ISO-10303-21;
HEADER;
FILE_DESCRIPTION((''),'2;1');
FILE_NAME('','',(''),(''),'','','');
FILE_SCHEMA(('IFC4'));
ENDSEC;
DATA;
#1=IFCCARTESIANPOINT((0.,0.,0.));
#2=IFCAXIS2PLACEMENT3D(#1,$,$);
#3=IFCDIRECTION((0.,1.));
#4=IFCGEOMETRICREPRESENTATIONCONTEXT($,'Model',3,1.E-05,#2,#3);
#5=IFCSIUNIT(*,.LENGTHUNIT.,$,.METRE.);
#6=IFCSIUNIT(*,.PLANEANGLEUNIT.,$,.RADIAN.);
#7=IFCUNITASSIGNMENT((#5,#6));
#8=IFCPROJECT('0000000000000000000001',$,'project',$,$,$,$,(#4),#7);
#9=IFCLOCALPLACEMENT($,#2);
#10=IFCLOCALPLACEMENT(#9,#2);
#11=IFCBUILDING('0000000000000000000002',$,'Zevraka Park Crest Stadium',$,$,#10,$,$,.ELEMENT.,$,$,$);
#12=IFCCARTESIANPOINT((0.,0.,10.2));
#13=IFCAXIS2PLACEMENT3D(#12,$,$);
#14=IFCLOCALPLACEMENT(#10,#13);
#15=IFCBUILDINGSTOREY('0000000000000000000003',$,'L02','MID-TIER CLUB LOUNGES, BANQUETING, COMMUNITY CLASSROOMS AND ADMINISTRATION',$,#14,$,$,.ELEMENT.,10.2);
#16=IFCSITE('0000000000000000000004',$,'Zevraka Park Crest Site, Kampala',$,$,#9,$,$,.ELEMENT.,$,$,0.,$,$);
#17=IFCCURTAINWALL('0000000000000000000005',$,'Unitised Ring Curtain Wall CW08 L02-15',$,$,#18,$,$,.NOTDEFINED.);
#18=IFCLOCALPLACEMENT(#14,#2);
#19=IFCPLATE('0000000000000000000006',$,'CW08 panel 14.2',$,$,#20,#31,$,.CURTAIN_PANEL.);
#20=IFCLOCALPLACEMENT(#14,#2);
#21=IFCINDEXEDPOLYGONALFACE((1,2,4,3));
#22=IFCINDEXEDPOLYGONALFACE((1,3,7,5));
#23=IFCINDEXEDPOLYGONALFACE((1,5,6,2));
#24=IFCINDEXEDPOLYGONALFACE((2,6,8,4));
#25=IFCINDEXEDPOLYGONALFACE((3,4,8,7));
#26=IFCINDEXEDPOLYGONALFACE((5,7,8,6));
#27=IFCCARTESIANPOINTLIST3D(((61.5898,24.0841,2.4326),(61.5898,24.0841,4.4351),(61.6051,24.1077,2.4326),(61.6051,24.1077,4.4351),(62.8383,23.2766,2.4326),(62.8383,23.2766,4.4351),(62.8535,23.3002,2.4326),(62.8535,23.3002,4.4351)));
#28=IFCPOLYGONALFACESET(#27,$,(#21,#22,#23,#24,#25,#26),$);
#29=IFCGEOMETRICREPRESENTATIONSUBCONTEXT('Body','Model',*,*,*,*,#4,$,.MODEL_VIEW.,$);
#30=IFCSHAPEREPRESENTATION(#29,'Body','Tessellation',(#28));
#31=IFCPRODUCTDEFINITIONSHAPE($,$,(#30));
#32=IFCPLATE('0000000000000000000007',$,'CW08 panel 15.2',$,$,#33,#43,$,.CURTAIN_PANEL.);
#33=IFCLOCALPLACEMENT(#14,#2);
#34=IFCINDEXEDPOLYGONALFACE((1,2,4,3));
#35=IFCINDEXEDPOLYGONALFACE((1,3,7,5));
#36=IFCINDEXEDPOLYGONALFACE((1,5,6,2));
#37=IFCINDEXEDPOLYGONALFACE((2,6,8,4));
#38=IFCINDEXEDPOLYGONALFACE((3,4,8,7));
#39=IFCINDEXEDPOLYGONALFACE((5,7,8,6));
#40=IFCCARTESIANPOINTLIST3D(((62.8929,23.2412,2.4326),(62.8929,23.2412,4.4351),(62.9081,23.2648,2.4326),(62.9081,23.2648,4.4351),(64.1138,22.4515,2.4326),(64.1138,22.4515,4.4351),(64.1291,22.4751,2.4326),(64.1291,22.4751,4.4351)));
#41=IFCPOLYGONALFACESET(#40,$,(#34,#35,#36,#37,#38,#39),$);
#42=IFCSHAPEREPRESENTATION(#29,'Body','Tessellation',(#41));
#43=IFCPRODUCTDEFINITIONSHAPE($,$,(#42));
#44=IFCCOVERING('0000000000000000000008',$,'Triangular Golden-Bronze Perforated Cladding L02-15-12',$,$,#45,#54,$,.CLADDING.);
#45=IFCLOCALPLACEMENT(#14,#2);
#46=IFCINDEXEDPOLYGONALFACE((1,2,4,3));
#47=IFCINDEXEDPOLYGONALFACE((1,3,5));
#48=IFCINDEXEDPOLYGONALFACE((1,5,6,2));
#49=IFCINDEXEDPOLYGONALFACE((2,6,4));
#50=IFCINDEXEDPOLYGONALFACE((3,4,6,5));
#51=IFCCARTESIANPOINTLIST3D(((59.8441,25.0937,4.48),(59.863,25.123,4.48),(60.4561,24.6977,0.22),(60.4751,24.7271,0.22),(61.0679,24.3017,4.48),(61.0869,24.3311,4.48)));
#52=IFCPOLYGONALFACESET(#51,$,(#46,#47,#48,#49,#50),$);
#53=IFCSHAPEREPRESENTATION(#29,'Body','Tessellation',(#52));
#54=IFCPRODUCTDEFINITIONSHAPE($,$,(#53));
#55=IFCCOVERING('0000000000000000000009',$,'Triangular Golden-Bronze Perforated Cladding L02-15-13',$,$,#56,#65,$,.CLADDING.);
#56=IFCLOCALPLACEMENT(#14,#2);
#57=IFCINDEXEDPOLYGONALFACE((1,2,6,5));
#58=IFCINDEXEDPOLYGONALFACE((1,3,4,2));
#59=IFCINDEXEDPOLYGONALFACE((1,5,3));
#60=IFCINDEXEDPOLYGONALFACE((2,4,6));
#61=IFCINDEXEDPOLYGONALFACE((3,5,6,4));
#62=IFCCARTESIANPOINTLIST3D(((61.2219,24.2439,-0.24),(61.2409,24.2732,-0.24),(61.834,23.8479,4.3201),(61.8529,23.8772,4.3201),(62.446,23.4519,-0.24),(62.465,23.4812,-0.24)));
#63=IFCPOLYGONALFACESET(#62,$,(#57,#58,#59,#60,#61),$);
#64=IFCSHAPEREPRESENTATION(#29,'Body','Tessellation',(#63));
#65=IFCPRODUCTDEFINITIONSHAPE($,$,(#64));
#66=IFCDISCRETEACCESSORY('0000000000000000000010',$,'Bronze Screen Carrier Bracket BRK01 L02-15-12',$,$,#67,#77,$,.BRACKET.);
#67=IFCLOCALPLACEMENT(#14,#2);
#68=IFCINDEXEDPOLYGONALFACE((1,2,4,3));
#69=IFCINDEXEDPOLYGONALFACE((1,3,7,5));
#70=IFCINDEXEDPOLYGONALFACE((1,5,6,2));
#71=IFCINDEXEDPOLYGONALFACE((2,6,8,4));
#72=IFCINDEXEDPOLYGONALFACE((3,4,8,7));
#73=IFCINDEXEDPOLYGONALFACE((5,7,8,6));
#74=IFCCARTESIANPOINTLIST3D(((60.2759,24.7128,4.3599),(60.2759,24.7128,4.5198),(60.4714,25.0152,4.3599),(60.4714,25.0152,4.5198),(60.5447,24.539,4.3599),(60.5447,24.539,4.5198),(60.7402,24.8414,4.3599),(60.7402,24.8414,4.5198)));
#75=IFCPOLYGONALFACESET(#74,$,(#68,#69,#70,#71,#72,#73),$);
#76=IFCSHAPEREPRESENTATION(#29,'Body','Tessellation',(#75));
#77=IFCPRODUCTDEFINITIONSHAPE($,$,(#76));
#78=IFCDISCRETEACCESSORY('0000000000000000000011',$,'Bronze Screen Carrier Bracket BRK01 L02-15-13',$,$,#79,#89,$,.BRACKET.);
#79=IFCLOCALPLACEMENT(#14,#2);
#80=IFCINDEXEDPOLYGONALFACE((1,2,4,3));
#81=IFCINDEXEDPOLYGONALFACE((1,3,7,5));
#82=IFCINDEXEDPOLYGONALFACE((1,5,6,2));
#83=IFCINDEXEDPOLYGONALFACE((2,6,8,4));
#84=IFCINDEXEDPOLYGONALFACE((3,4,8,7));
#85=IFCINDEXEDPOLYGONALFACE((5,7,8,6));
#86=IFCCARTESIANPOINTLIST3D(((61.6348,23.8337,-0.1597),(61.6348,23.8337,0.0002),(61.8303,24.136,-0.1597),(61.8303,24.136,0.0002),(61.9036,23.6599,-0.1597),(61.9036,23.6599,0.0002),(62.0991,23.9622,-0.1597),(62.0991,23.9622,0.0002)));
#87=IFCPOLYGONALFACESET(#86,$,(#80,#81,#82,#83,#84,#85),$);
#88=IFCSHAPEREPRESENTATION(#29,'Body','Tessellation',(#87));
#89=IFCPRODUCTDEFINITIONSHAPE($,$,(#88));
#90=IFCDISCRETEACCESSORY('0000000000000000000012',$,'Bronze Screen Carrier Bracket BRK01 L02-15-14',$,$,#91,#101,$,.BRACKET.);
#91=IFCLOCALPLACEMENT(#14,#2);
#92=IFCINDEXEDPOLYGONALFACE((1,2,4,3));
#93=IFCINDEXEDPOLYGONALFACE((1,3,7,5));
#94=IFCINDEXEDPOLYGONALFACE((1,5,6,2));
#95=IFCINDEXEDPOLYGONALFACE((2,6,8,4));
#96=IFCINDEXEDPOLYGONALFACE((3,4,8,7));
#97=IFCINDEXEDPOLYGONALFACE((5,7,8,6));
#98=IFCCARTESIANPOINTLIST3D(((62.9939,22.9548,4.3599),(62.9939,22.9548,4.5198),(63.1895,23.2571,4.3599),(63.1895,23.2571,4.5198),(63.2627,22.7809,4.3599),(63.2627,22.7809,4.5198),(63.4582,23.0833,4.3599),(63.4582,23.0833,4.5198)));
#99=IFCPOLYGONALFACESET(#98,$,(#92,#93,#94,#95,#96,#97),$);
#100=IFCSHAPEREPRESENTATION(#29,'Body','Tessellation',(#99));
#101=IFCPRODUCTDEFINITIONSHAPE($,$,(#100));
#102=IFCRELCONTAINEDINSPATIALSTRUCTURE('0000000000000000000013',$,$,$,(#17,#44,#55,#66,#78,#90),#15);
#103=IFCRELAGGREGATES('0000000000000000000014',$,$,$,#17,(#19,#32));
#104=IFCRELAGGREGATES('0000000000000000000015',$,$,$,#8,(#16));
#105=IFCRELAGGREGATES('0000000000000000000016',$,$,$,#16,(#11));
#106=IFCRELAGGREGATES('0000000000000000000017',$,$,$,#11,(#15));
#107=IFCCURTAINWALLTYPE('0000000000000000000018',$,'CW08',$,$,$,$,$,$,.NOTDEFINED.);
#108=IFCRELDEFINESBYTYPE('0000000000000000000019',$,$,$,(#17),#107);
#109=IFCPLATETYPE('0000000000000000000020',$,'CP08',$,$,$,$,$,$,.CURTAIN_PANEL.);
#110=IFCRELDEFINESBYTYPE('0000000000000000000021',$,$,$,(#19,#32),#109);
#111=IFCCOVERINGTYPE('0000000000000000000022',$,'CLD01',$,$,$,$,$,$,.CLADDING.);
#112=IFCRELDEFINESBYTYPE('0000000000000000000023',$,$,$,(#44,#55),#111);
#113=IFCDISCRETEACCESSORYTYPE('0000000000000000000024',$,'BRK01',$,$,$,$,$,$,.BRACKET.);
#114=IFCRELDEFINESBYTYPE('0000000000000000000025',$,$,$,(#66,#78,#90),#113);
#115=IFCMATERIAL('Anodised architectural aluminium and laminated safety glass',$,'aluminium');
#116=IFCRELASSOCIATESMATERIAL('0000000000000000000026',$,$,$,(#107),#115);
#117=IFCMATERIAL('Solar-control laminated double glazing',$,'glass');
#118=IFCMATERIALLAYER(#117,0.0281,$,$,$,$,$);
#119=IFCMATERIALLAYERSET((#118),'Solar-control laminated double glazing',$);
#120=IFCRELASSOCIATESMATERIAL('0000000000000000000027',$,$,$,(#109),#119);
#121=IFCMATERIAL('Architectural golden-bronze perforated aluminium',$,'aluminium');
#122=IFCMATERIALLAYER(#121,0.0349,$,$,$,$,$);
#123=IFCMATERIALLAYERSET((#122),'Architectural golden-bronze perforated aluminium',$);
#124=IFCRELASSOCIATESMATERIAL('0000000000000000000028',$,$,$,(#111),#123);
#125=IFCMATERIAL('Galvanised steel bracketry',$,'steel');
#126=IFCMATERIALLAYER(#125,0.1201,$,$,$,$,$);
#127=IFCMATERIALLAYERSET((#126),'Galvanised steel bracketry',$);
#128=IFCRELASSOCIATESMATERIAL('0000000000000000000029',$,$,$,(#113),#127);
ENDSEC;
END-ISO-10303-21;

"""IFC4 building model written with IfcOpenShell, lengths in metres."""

from ifc_helpers import new_model, si_unit, direction, frame, origin, origin_2d, place, context, subcontext, project, spatial, polyline, rectangle, outline, extrude, material, layer, layer_set, type_object, element, aggregate, save


model = new_model("IFC4")

# Units and contexts
model_context = context("Model", 3, precision=1e-05, world=origin(), true_north=direction((0.0, 1.0)))
body_context = subcontext(model_context, "Body", "Model", "MODEL_VIEW")
ifc_project = project(units=[si_unit("LENGTHUNIT", "METRE"), si_unit("PLANEANGLEUNIT", "RADIAN")], contexts=[model_context])

# Site, building, storey
site_placement = place(None, origin())
site = spatial("IfcSite", under=ifc_project, at=site_placement, Name="Zevraka Park Crest Site, Kampala", CompositionType="ELEMENT", RefElevation=0.0)
building_placement = place(site_placement, origin())
building = spatial("IfcBuilding", under=site, at=building_placement, Name="Zevraka Park Crest Stadium", CompositionType="ELEMENT")
storey_placement = place(building_placement, frame((0.0, 0.0, 10.2)))
storey = spatial("IfcBuildingStorey", under=building, at=storey_placement, Name="L02", Description="MID-TIER CLUB LOUNGES, BANQUETING, COMMUNITY CLASSROOMS AND ADMINISTRATION", CompositionType="ELEMENT", Elevation=10.2)

# Curtain wall, plates
ifc_material_1 = material(Name="Anodised architectural aluminium and laminated safety glass", Category="aluminium")
curtain_wall_type = type_object("IfcCurtainWallType", Name="CW08", PredefinedType="NOTDEFINED", material=ifc_material_1)
curtain_wall_placement = place(storey_placement, origin())
curtain_wall = element("IfcCurtainWall", 1, at=curtain_wall_placement, inside=storey, type_object=curtain_wall_type, Name="Unitised Ring Curtain Wall CW08 L02-15", PredefinedType="NOTDEFINED")
ifc_material_2 = material(Name="Solar-control laminated double glazing", Category="glass")
ifc_layer_1 = layer(ifc_material_2, 0.0281)
ifc_layer_set_1 = layer_set([ifc_layer_1], Name="Solar-control laminated double glazing")
plate_type = type_object("IfcPlateType", Name="CP08", PredefinedType="CURTAIN_PANEL", material=ifc_layer_set_1)
plate_1_placement = place(storey_placement, frame((62.2217, 23.6921, 2.4326), z_axis=(0.0, 0.0, 1.0), x_axis=(0.83967, -0.543096, 0.0)))
plate_1 = element("IfcPlate", 2, at=plate_1_placement, type_object=plate_type, Name="CW08 panel 14.2", PredefinedType="CURTAIN_PANEL", context=body_context, shape_type="SweptSolid", body=[
    extrude(rectangle(XDim=1.4868, YDim=0.0281, at=origin_2d()), origin(), (0.0, 0.0, 1.0), 2.0024),
])
plate_2_placement = place(storey_placement, frame((63.511, 22.8582, 2.4326), z_axis=(0.0, 0.0, 1.0), x_axis=(0.83967, -0.543096, 0.0)))
plate_2 = element("IfcPlate", 3, at=plate_2_placement, type_object=plate_type, Name="CW08 panel 15.2", PredefinedType="CURTAIN_PANEL", context=body_context, shape_type="SweptSolid", body=[
    extrude(rectangle(XDim=1.4541, YDim=0.0281, at=origin_2d()), origin(), (0.0, 0.0, 1.0), 2.0024),
])
aggregate(curtain_wall, [plate_1, plate_2])

# Coverings
ifc_material_3 = material(Name="Architectural golden-bronze perforated aluminium", Category="aluminium")
ifc_layer_2 = layer(ifc_material_3, 0.0349)
ifc_layer_set_2 = layer_set([ifc_layer_2], Name="Architectural golden-bronze perforated aluminium")
covering_type = type_object("IfcCoveringType", Name="CLD01", PredefinedType="CLADDING", material=ifc_layer_set_2)
covering_1_placement = place(storey_placement, frame((61.0869, 24.3311, 4.48), z_axis=(0.543286, 0.839548, 0.000016), x_axis=(-0.839548, 0.543286, 0.0)))
element("IfcCovering", 4, at=covering_1_placement, inside=storey, type_object=covering_type, Name="Triangular Golden-Bronze Perforated Cladding L02-15-12", PredefinedType="CLADDING", context=body_context, shape_type="SweptSolid", body=[
    extrude(outline(polyline([(0.0, 0.0), (1.4578, 0.0), (0.7288, -4.26), (0.0, 0.0)])), origin(), (0.0, 0.0, -1.0), 0.0349),
])
covering_2_placement = place(storey_placement, frame((61.2219, 24.2439, -0.24), z_axis=(-0.54321, -0.839597, 0.0), x_axis=(0.839597, -0.54321, 0.0)))
element("IfcCovering", 5, at=covering_2_placement, inside=storey, type_object=covering_type, Name="Triangular Golden-Bronze Perforated Cladding L02-15-13", PredefinedType="CLADDING", context=body_context, shape_type="SweptSolid", body=[
    extrude(outline(polyline([(0.0, 0.0), (1.458, 0.0), (0.729, 4.5601), (0.0, 0.0)])), origin(), (0.0, 0.0, -1.0), 0.0349),
])

# Discrete accessories
ifc_material_4 = material(Name="Galvanised steel bracketry", Category="steel")
ifc_layer_3 = layer(ifc_material_4, 0.1201)
ifc_layer_set_3 = layer_set([ifc_layer_3], Name="Galvanised steel bracketry")
discrete_accessory_type = type_object("IfcDiscreteAccessoryType", Name="BRK01", PredefinedType="BRACKET", material=ifc_layer_set_3)
for number, where, z_axis, x_axis, name in (
    (6, (60.5081, 24.7771, 4.3599), (0.0, 0.0, 1.0), (0.839715, -0.543028, 0.0), "Bronze Screen Carrier Bracket BRK01 L02-15-12"),
    (7, (61.8669, 23.8979, -0.1597), (0.0, 0.0, 1.0), (0.839715, -0.543028, 0.0), "Bronze Screen Carrier Bracket BRK01 L02-15-13"),
    (8, (63.2261, 23.019, 4.3599), (0.0, 0.0, 1.0), (0.839715, -0.543028, 0.0), "Bronze Screen Carrier Bracket BRK01 L02-15-14"),
):
    element("IfcDiscreteAccessory", number, at=place(storey_placement, frame(where, z_axis=z_axis, x_axis=x_axis)), inside=storey, type_object=discrete_accessory_type, Name=name, PredefinedType="BRACKET", context=body_context, shape_type="SweptSolid", body=[
        extrude(rectangle(XDim=0.3201, YDim=0.3601, at=origin_2d()), origin(), (0.0, 0.0, 1.0), 0.1599),
    ])

save(model, "model.ifc")
